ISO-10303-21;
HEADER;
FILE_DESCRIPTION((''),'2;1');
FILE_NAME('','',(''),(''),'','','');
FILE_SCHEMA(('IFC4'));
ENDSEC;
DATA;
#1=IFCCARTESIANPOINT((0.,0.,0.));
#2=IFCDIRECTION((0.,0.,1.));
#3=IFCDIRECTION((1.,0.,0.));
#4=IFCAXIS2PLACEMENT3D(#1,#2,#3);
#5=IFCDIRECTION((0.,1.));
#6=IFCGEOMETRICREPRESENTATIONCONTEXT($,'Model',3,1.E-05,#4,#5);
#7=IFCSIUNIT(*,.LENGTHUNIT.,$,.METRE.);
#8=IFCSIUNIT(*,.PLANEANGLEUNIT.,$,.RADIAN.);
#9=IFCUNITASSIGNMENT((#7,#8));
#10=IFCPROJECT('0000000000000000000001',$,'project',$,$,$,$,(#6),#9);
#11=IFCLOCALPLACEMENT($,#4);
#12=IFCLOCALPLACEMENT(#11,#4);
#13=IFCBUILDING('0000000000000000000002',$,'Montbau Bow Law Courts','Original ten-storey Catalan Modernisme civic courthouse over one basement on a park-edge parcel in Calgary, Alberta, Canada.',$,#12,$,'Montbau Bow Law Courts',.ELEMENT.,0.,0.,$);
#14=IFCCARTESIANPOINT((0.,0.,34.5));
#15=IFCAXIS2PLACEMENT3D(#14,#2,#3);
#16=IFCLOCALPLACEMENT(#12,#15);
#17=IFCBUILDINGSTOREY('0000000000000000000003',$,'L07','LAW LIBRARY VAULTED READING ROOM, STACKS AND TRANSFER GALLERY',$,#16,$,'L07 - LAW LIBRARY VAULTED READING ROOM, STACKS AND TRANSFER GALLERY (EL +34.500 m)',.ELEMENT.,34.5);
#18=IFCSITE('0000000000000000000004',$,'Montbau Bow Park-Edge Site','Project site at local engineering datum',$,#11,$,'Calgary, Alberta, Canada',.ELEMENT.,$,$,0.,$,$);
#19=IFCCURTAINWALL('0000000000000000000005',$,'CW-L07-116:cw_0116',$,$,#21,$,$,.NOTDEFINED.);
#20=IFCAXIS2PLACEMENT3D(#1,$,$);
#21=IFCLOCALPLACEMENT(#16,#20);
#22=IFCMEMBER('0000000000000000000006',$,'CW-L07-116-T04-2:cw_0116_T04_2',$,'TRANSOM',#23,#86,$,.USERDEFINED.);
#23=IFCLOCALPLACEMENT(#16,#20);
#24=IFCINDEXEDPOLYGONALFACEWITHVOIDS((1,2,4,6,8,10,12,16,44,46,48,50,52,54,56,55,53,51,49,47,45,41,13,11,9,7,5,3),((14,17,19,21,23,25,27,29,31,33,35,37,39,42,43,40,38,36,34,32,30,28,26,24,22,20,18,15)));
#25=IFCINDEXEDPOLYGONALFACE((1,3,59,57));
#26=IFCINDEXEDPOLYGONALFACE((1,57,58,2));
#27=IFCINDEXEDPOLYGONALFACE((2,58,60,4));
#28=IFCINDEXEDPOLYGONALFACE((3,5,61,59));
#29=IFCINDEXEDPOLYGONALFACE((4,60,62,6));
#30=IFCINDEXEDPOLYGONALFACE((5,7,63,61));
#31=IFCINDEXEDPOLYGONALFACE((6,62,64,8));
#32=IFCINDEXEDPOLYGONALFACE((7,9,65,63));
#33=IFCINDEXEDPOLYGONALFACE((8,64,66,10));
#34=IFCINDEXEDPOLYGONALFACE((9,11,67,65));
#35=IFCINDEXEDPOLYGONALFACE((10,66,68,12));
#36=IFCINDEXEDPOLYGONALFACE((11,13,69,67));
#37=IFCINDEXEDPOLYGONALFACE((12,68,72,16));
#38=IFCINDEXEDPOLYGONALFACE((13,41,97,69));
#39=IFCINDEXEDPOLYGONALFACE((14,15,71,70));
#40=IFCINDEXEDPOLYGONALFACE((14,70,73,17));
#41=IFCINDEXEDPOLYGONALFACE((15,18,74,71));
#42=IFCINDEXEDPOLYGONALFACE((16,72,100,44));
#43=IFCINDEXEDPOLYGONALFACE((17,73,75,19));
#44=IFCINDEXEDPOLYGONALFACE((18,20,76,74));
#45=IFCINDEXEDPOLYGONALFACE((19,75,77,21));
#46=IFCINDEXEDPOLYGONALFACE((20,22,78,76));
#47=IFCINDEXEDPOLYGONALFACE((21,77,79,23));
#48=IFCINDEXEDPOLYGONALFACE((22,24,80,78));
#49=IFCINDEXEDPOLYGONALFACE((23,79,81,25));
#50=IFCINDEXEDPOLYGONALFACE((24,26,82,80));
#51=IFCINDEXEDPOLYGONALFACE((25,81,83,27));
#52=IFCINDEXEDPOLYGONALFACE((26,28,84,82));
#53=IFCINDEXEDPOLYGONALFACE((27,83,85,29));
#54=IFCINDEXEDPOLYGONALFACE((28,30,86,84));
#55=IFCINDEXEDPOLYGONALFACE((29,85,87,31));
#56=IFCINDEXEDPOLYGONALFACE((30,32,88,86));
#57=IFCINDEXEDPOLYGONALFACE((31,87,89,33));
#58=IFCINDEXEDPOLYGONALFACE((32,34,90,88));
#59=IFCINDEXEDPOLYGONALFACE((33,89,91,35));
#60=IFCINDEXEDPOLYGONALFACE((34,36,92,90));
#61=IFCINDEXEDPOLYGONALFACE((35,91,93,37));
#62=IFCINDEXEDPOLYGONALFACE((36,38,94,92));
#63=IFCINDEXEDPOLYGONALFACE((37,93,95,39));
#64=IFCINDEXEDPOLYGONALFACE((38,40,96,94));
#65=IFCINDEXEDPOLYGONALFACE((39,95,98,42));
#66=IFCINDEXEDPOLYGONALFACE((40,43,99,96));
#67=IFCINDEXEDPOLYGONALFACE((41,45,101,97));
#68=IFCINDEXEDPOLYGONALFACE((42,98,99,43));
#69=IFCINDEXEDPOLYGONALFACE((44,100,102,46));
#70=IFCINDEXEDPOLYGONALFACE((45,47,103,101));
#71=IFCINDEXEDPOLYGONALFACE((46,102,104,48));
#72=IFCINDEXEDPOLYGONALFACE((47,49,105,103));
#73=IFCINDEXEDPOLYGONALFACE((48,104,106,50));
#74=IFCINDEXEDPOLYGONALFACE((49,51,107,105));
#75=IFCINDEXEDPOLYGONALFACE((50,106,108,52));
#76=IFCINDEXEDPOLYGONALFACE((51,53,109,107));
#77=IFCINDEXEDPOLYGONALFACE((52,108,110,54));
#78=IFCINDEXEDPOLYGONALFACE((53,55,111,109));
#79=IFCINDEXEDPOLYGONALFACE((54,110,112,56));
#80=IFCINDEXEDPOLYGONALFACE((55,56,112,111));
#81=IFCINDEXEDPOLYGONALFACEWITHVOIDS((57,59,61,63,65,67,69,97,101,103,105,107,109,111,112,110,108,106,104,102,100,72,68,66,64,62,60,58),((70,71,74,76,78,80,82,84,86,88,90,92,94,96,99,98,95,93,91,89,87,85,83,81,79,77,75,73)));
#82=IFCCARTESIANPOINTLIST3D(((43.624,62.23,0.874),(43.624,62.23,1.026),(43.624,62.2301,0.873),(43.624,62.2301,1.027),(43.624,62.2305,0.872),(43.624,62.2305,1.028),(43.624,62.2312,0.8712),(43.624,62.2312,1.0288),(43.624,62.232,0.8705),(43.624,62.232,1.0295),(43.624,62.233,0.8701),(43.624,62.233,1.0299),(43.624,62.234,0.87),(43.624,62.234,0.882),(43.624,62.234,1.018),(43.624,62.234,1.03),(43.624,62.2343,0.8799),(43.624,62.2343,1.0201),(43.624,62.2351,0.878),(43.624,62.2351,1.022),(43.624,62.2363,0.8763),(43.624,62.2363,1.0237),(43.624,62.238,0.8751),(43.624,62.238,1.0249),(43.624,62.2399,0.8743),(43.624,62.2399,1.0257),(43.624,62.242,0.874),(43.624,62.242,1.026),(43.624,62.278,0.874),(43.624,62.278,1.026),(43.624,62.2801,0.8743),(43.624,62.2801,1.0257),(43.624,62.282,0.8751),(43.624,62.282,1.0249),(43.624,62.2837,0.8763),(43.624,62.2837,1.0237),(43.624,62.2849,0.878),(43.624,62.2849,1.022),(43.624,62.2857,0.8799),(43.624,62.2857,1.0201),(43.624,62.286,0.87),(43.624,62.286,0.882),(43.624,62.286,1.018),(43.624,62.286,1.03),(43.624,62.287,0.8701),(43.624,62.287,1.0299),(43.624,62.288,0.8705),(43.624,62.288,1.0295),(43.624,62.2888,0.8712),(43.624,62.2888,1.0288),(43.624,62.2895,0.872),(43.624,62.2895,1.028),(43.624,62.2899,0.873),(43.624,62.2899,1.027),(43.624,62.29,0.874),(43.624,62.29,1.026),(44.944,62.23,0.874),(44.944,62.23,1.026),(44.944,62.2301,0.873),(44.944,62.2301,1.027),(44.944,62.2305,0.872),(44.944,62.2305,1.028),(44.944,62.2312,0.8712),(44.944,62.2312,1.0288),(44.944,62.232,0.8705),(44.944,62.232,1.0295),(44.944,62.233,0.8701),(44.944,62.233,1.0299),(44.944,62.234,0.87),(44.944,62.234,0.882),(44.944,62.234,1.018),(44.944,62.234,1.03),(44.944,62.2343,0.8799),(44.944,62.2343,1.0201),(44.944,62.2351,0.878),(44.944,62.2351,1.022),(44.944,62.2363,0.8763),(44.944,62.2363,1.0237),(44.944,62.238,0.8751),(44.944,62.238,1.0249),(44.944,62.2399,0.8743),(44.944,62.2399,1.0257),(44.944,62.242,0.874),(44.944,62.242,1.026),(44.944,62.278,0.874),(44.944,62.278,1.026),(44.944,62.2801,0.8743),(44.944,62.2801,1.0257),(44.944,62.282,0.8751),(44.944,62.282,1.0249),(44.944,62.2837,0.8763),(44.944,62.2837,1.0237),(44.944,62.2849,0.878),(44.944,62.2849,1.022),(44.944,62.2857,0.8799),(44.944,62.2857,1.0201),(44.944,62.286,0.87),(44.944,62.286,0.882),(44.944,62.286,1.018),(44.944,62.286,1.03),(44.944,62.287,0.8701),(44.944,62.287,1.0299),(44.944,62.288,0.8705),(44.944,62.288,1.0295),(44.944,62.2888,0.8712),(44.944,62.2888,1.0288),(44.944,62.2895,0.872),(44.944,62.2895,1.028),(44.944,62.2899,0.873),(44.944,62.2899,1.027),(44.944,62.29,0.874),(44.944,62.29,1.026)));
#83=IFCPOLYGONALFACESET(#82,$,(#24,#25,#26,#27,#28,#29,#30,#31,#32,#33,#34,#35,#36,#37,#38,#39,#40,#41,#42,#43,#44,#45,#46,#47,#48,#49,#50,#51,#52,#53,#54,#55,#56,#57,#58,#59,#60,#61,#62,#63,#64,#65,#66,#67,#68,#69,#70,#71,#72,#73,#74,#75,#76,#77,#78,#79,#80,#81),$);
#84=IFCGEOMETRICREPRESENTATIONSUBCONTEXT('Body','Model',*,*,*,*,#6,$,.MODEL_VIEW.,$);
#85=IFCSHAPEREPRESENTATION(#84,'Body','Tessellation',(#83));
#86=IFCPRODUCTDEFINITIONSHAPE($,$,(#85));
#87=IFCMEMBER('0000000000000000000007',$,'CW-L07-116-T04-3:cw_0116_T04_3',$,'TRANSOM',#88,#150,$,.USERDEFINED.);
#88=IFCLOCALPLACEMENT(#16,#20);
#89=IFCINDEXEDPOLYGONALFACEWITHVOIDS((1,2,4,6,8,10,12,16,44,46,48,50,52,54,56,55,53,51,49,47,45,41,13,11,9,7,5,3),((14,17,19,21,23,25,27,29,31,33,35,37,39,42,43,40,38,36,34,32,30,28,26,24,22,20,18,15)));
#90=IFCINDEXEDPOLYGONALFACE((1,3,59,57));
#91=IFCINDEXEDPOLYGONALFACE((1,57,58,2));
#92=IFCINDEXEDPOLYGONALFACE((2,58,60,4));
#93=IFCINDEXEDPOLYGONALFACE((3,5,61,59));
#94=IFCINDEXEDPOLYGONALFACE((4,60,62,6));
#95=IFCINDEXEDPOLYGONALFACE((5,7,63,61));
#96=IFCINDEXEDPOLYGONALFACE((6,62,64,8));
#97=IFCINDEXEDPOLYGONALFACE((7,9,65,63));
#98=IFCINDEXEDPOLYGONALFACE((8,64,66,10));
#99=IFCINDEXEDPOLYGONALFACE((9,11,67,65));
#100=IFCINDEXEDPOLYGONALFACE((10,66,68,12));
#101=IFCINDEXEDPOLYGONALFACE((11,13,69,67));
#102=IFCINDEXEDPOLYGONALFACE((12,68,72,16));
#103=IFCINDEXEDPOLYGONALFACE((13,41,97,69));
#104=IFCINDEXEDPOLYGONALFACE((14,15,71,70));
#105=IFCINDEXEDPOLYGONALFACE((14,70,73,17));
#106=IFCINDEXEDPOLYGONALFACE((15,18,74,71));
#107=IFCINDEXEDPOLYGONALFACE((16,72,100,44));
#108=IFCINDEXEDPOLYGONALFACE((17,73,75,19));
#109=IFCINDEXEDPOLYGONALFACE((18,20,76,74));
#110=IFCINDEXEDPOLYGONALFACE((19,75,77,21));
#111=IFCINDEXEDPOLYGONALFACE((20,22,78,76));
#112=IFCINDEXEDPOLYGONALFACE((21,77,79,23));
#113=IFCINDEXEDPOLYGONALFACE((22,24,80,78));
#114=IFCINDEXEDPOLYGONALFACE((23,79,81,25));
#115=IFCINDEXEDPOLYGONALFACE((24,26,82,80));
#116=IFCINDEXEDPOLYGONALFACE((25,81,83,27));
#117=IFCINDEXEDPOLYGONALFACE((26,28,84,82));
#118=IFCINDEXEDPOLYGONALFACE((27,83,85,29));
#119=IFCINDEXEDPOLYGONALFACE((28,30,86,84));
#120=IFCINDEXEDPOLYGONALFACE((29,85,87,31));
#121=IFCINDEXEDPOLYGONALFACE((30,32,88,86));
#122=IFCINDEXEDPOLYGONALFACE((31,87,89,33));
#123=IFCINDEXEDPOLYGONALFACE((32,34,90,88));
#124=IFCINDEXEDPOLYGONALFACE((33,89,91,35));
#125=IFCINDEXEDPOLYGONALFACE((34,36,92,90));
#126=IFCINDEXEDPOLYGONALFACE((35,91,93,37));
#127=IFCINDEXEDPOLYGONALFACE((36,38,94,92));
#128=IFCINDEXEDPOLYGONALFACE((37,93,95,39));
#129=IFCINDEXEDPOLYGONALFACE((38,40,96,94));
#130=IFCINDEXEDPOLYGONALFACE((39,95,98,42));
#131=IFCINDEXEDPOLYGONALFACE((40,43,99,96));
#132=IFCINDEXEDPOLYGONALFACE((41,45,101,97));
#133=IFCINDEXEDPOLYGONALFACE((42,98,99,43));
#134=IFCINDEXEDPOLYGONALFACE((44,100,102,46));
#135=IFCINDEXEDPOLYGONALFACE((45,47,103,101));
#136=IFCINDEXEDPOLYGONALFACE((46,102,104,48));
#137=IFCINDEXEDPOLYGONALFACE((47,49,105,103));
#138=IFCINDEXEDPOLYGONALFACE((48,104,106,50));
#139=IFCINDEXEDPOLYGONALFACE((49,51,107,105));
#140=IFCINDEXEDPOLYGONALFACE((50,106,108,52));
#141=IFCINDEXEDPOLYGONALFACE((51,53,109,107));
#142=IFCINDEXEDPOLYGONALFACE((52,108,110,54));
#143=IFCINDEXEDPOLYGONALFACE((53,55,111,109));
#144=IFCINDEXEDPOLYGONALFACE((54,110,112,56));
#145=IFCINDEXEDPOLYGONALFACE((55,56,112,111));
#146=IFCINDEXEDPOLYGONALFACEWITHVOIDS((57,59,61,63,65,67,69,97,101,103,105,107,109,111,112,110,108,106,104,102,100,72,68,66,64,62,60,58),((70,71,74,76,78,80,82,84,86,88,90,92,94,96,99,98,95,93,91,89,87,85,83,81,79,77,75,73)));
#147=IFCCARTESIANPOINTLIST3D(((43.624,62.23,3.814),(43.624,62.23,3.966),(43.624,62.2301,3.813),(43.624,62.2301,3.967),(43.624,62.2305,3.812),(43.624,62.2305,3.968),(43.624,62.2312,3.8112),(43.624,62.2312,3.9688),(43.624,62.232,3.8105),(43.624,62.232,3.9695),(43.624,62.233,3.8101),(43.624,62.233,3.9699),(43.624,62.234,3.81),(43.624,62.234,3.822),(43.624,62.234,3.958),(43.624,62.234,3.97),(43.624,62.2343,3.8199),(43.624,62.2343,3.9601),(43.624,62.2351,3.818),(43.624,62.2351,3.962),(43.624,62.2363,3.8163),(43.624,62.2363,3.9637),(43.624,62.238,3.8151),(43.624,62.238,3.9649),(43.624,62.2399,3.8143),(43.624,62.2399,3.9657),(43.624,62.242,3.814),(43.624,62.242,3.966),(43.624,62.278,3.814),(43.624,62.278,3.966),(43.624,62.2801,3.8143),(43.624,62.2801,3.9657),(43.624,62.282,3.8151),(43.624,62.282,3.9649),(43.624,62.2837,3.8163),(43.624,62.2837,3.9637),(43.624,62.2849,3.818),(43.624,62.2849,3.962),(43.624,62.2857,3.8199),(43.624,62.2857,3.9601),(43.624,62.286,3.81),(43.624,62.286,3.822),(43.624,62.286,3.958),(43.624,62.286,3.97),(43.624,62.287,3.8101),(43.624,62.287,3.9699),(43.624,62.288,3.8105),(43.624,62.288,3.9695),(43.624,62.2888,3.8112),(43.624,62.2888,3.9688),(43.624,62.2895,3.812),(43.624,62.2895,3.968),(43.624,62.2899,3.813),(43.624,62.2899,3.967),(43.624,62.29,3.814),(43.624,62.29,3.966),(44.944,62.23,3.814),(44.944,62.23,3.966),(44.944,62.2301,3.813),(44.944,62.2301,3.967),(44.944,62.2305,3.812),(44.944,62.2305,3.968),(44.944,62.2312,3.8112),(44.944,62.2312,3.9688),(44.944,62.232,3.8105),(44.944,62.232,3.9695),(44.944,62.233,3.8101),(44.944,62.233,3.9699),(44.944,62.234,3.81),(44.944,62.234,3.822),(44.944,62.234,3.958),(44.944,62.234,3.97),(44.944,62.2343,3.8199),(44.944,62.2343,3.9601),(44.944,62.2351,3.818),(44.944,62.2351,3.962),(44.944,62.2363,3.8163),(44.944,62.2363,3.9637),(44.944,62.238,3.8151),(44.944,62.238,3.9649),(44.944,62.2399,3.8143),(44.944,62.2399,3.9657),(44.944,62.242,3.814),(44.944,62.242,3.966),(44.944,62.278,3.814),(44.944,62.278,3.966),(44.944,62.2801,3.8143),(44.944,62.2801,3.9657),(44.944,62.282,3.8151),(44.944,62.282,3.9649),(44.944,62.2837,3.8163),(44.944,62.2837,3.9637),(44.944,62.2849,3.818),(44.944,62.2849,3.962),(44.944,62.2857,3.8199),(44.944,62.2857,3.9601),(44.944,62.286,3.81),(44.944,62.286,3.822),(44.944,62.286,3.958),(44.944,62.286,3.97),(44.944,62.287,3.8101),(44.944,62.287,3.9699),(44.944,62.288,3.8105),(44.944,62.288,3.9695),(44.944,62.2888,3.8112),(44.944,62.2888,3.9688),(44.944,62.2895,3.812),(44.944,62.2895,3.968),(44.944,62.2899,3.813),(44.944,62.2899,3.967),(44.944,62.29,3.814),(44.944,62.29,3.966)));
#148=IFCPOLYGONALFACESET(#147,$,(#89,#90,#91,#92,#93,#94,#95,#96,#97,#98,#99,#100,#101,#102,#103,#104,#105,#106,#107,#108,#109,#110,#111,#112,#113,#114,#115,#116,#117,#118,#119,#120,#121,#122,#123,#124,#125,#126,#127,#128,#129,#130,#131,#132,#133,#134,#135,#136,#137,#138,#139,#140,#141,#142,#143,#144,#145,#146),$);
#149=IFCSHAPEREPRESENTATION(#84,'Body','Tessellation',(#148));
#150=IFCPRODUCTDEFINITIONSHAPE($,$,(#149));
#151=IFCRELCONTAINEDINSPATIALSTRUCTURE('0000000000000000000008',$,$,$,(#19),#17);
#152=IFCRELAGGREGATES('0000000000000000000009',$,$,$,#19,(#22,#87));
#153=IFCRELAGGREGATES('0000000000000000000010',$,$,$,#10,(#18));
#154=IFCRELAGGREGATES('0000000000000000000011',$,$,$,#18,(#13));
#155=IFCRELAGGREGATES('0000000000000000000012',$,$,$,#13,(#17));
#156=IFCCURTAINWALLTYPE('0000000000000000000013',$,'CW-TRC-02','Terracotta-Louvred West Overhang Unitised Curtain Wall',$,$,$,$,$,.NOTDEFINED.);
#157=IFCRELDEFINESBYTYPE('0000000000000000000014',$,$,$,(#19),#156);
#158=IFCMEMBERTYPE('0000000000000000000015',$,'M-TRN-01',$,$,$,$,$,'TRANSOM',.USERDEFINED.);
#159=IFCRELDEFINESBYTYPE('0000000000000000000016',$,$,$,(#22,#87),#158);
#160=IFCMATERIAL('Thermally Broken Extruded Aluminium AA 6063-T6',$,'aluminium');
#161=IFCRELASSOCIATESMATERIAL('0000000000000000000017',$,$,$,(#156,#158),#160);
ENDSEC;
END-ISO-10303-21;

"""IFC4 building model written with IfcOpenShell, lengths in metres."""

from ifc_helpers import new_model, si_unit, direction, frame, origin_with_axes, origin_2d_with_axis, place, context, subcontext, project, spatial, hollow_rectangle, extrude, material, material_profile, profile_set, type_object, element, aggregate, save


model = new_model("IFC4")

# Units and contexts
model_context = context("Model", 3, precision=1e-05, world=origin_with_axes(), true_north=direction((0.0, 1.0)))
body_context = subcontext(model_context, "Body", "Model", "MODEL_VIEW")
ifc_project = project(units=[si_unit("LENGTHUNIT", "METRE"), si_unit("PLANEANGLEUNIT", "RADIAN")], contexts=[model_context])

# Site, building, storey
site_placement = place(None, origin_with_axes())
site = spatial("IfcSite", under=ifc_project, at=site_placement, Name="Montbau Bow Park-Edge Site", Description="Project site at local engineering datum", LongName="Calgary, Alberta, Canada", CompositionType="ELEMENT", RefElevation=0.0)
building_placement = place(site_placement, origin_with_axes())
building = spatial("IfcBuilding", under=site, at=building_placement, Name="Montbau Bow Law Courts", Description="Original ten-storey Catalan Modernisme civic courthouse over one basement on a park-edge parcel in Calgary, Alberta, Canada.", LongName="Montbau Bow Law Courts", CompositionType="ELEMENT", ElevationOfRefHeight=0.0, ElevationOfTerrain=0.0)
storey_placement = place(building_placement, frame((0.0, 0.0, 34.5), z_axis=(0.0, 0.0, 1.0), x_axis=(1.0, 0.0, 0.0)))
storey = spatial("IfcBuildingStorey", under=building, at=storey_placement, Name="L07", Description="LAW LIBRARY VAULTED READING ROOM, STACKS AND TRANSFER GALLERY", LongName="L07 - LAW LIBRARY VAULTED READING ROOM, STACKS AND TRANSFER GALLERY (EL +34.500 m)", CompositionType="ELEMENT", Elevation=34.5)

# Curtain wall, members
ifc_material_1 = material(Name="Thermally Broken Extruded Aluminium AA 6063-T6", Category="aluminium")
curtain_wall_type = type_object("IfcCurtainWallType", Name="CW-TRC-02", Description="Terracotta-Louvred West Overhang Unitised Curtain Wall", PredefinedType="NOTDEFINED", material=ifc_material_1)
curtain_wall_placement = place(None, frame((39.44, 62.26, 34.5), z_axis=(0.0, 0.0, 1.0), x_axis=(1.0, 0.0, 0.0)))
curtain_wall = element("IfcCurtainWall", 1, at=curtain_wall_placement, inside=storey, type_object=curtain_wall_type, Name="CW-L07-116:cw_0116", PredefinedType="NOTDEFINED")
ifc_material_profile_1 = material_profile(ifc_material_1, hollow_rectangle(XDim=0.06, YDim=0.16, WallThickness=0.004, InnerFilletRadius=0.008, OuterFilletRadius=0.004, at=origin_2d_with_axis()), Name="CWT-160X60", Category="Main", Priority=0)
ifc_profile_set_1 = profile_set([ifc_material_profile_1], Name="Thermally Broken Extruded Aluminium AA 6063-T6")
member_type_1 = type_object("IfcMemberType", Name="M-TRN-01", ElementType="TRANSOM", PredefinedType="USERDEFINED", material=ifc_profile_set_1)
member_1_placement = place(None, frame((43.624, 62.26, 35.45), z_axis=(1.0, 0.0, 0.0), x_axis=(0.0, 1.0, 0.0)))
member_1 = element("IfcMember", 2, at=member_1_placement, type_object=member_type_1, Name="CW-L07-116-T04-2:cw_0116_T04_2", ObjectType="TRANSOM", PredefinedType="USERDEFINED", context=body_context, shape_type="SweptSolid", body=[
    extrude(hollow_rectangle(XDim=0.06, YDim=0.16, WallThickness=0.004, InnerFilletRadius=0.008, OuterFilletRadius=0.004, at=origin_2d_with_axis()), origin_with_axes(), (0.0, 0.0, 1.0), 1.32),
])
member_2_placement = place(None, frame((43.624, 62.26, 38.39), z_axis=(1.0, 0.0, 0.0), x_axis=(0.0, 1.0, 0.0)))
member_2 = element("IfcMember", 3, at=member_2_placement, type_object=member_type_1, Name="CW-L07-116-T04-3:cw_0116_T04_3", ObjectType="TRANSOM", PredefinedType="USERDEFINED", context=body_context, shape_type="SweptSolid", body=[
    extrude(hollow_rectangle(XDim=0.06, YDim=0.16, WallThickness=0.004, InnerFilletRadius=0.008, OuterFilletRadius=0.004, at=origin_2d_with_axis()), origin_with_axes(), (0.0, 0.0, 1.0), 1.32),
])
aggregate(curtain_wall, [member_1, member_2])

save(model, "model.ifc")
